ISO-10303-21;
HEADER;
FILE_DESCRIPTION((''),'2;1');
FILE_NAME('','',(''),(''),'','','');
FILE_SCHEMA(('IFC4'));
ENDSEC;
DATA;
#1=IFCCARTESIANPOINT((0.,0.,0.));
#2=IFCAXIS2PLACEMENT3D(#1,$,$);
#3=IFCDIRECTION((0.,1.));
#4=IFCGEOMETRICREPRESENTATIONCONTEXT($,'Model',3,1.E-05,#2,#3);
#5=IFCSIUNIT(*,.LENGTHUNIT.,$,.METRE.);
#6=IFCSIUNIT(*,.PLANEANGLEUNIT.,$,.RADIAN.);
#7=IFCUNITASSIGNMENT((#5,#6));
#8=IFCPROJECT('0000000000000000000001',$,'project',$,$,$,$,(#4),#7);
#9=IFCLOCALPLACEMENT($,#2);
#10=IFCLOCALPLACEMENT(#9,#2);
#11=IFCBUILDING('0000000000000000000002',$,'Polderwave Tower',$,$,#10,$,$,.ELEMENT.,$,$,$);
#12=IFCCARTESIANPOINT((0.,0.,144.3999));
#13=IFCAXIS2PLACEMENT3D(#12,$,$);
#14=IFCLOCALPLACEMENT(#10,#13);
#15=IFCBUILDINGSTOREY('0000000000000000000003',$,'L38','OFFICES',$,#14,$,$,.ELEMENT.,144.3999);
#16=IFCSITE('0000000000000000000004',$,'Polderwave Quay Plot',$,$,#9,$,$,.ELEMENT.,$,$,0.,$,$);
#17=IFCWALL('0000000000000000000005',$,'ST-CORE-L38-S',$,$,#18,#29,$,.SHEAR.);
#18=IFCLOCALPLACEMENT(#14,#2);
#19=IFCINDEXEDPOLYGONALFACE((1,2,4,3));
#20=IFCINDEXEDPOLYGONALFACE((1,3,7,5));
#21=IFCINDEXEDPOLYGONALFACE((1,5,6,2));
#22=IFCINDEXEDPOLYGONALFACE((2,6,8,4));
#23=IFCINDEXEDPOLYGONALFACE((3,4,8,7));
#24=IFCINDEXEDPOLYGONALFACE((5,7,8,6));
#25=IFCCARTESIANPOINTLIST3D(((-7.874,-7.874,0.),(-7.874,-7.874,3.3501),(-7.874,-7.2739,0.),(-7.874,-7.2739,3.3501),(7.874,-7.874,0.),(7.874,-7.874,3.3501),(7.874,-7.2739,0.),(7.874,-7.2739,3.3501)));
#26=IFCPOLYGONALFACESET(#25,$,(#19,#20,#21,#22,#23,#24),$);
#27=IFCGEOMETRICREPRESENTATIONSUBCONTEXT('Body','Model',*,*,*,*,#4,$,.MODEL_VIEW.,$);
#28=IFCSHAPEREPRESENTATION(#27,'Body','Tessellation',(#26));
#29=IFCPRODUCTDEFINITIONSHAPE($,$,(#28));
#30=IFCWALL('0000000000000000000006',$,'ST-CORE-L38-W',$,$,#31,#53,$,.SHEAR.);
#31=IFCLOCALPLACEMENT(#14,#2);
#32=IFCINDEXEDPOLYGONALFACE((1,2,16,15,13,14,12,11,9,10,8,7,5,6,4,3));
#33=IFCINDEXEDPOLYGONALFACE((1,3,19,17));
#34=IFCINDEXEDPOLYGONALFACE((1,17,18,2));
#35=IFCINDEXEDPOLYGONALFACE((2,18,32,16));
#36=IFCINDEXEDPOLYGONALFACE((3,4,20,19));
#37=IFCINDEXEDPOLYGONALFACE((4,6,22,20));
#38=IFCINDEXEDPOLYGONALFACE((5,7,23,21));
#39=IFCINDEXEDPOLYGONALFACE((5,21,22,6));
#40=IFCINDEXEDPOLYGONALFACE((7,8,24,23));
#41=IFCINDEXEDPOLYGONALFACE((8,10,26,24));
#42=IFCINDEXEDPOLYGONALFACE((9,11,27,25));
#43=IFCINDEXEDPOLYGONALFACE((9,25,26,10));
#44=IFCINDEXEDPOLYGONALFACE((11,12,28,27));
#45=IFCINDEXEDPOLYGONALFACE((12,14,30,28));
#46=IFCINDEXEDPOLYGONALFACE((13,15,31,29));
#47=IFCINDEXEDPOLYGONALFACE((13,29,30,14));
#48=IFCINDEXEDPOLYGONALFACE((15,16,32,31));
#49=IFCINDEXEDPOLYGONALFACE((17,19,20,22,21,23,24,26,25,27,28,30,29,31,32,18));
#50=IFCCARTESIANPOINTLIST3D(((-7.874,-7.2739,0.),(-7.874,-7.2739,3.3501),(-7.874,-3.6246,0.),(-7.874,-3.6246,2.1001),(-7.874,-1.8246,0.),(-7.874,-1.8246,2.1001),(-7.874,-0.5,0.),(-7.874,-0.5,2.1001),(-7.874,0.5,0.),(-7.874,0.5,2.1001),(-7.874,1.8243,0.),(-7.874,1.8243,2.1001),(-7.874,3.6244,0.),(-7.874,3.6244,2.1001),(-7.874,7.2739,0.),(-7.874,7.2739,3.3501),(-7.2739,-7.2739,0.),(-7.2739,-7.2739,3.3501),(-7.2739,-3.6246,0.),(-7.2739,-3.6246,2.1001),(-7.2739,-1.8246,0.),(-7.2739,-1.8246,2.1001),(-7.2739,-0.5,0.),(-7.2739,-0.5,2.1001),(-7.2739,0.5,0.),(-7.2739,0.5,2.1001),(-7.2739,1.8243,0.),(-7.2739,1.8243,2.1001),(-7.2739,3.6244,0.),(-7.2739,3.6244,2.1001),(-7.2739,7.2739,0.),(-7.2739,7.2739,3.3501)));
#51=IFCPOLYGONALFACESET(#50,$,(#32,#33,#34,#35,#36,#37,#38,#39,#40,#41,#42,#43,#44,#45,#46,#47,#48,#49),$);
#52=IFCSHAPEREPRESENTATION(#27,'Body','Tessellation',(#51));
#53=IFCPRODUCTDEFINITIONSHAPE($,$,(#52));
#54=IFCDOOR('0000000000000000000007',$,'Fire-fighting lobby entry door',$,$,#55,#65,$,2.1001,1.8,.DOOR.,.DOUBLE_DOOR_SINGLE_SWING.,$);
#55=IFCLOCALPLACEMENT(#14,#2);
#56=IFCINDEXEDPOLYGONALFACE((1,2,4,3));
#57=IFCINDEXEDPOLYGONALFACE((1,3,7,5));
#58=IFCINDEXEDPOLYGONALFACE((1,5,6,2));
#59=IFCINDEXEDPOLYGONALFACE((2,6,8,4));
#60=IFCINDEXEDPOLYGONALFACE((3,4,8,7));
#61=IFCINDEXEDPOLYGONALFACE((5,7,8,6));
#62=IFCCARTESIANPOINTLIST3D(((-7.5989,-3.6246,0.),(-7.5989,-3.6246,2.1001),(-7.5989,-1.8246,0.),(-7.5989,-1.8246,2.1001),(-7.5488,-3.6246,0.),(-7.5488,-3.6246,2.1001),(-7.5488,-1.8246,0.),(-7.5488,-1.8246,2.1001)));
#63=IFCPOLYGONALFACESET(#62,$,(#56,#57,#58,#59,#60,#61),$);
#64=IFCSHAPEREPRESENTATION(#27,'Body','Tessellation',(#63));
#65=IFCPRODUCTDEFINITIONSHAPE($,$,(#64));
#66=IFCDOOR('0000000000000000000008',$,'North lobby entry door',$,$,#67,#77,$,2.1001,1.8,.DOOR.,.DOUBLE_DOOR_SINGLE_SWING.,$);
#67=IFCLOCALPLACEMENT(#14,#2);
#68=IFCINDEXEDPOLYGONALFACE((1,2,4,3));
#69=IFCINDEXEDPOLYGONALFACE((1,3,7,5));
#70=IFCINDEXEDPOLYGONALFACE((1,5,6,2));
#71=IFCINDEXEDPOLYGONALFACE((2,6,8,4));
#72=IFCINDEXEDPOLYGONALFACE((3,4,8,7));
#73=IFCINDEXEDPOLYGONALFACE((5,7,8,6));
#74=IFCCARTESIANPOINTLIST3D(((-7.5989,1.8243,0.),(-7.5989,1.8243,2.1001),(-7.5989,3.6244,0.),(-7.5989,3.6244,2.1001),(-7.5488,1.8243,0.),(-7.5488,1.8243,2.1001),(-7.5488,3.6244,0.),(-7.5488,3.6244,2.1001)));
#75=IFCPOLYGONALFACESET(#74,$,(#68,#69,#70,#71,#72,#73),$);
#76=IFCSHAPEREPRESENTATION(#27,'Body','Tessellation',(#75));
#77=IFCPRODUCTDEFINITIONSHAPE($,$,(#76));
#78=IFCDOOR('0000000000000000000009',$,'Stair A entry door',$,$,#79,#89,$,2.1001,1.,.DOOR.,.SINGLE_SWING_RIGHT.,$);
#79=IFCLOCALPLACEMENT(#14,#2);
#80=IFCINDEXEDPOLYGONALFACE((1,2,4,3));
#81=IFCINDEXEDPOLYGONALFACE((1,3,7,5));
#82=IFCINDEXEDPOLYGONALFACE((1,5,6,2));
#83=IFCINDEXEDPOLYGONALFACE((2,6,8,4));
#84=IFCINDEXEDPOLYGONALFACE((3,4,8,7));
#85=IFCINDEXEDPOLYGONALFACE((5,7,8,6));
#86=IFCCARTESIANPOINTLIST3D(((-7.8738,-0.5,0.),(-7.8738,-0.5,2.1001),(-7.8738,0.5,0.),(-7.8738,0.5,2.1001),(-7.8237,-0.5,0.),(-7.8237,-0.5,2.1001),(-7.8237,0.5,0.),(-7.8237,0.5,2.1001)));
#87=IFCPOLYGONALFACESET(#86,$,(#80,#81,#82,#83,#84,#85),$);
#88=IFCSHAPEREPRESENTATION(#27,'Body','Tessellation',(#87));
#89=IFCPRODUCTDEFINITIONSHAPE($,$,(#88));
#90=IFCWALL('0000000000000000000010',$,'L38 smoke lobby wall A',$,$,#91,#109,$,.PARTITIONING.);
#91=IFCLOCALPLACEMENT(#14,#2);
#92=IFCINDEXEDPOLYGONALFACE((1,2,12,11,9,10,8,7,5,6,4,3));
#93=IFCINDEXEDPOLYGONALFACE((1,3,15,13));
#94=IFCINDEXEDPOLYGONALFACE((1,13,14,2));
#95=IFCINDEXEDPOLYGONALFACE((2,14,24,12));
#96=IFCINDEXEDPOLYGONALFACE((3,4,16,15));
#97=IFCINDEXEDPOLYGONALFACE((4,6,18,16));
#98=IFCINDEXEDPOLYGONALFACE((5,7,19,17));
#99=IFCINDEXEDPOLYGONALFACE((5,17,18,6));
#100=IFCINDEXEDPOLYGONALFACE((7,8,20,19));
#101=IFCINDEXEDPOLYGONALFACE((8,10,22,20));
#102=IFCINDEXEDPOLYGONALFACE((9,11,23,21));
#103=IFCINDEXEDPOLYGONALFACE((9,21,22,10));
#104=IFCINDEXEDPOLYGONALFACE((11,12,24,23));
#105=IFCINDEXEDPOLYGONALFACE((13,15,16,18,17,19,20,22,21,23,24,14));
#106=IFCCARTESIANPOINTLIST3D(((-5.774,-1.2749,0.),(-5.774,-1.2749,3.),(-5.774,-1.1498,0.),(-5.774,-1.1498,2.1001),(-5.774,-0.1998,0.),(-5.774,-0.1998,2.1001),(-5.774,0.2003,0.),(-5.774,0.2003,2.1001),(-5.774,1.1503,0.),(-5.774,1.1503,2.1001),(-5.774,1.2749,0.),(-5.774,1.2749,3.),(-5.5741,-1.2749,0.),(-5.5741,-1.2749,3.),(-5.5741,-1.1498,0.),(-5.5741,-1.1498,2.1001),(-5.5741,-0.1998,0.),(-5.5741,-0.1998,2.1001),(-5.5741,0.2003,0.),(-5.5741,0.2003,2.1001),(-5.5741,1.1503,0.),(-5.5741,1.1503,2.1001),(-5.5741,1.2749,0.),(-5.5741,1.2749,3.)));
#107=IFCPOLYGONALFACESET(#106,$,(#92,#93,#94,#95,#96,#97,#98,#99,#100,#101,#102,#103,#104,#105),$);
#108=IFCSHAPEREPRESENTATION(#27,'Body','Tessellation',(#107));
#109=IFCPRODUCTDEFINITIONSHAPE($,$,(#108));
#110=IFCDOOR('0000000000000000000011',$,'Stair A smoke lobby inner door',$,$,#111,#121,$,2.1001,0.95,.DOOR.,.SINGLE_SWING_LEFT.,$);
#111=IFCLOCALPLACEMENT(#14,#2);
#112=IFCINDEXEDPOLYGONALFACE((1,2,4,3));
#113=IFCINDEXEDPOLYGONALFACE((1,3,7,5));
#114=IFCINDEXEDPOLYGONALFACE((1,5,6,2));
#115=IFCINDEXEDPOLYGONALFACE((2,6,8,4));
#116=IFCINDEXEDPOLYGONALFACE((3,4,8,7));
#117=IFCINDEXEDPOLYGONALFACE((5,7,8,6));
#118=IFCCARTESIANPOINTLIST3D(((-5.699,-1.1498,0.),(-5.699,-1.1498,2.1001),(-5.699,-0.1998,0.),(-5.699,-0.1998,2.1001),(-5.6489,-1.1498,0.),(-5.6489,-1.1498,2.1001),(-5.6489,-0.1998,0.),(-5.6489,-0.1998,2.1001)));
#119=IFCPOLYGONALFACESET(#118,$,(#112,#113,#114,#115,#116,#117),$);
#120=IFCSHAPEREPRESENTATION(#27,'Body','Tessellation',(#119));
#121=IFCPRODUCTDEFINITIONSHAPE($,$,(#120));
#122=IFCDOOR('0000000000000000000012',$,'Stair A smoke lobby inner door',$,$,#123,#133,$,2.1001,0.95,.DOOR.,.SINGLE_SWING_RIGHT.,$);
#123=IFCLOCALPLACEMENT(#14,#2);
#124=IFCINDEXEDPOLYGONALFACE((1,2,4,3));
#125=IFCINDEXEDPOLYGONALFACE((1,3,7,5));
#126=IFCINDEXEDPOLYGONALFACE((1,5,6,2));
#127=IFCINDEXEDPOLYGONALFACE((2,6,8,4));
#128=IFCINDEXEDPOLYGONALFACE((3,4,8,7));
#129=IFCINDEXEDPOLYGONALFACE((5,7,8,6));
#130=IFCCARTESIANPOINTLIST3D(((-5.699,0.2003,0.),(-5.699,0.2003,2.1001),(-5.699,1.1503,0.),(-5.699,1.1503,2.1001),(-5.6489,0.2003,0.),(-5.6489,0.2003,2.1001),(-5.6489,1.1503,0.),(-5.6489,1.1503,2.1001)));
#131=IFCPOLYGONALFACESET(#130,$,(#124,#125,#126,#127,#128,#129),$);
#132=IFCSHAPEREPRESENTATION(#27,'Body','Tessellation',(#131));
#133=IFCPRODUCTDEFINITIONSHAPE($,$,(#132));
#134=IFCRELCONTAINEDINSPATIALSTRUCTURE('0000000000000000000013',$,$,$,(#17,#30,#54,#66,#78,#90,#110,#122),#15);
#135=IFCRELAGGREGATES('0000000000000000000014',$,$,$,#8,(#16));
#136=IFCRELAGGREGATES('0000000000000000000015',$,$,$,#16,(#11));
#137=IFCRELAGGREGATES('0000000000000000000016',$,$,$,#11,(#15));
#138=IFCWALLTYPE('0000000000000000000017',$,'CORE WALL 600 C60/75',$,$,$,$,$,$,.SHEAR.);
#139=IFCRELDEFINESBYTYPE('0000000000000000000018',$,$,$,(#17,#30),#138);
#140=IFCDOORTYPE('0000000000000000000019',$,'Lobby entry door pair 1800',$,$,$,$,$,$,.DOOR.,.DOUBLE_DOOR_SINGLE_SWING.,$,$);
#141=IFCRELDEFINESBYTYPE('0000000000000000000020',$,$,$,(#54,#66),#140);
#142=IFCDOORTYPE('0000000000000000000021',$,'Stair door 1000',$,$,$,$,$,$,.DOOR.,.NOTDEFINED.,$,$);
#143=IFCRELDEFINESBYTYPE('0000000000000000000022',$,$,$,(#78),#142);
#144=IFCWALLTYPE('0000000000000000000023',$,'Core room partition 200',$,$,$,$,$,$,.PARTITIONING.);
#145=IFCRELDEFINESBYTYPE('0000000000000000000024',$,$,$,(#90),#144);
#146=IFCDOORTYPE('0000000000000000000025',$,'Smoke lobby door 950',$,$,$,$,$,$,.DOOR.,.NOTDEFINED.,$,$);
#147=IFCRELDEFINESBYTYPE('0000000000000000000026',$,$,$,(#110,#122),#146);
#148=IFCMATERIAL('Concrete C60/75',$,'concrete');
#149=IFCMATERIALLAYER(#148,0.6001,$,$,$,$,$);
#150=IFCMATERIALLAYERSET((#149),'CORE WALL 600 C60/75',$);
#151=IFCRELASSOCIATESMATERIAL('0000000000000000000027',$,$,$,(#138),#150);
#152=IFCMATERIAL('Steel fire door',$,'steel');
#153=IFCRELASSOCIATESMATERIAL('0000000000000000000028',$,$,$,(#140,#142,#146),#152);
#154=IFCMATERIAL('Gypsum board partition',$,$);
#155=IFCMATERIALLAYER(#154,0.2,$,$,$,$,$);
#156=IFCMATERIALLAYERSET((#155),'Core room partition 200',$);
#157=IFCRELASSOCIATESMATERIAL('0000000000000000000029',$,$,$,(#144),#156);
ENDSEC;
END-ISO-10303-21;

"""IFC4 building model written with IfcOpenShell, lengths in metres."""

from ifc_helpers import new_model, si_unit, direction, frame, frame_2d, origin, place, context, subcontext, project, spatial, rectangle, extrude, material, layer, layer_set, type_object, element, fill, save


model = new_model("IFC4")

# Units and contexts
model_context = context("Model", 3, precision=1e-05, world=origin(), true_north=direction((0.0, 1.0)))
body_context = subcontext(model_context, "Body", "Model", "MODEL_VIEW")
ifc_project = project(units=[si_unit("LENGTHUNIT", "METRE"), si_unit("PLANEANGLEUNIT", "RADIAN")], contexts=[model_context])

# Site, building, storey
site_placement = place(None, origin())
site = spatial("IfcSite", under=ifc_project, at=site_placement, Name="Polderwave Quay Plot", CompositionType="ELEMENT", RefElevation=0.0)
building_placement = place(site_placement, origin())
building = spatial("IfcBuilding", under=site, at=building_placement, Name="Polderwave Tower", CompositionType="ELEMENT")
storey_placement = place(building_placement, frame((0.0, 0.0, 144.3999)))
storey = spatial("IfcBuildingStorey", under=building, at=storey_placement, Name="L38", Description="OFFICES", CompositionType="ELEMENT", Elevation=144.3999)

# Wall
ifc_material_1 = material(Name="Concrete C60/75", Category="concrete")
ifc_layer_1 = layer(ifc_material_1, 0.6001)
ifc_layer_set_1 = layer_set([ifc_layer_1], Name="CORE WALL 600 C60/75")
wall_type_1 = type_object("IfcWallType", Name="CORE WALL 600 C60/75", PredefinedType="SHEAR", material=ifc_layer_set_1)
wall_1_placement = place(storey_placement, frame((-7.874, -7.574, 0.0), z_axis=(0.0, 0.0, 1.0), x_axis=(1.0, 0.0, 0.0)))
element("IfcWall", 1, at=wall_1_placement, inside=storey, type_object=wall_type_1, Name="ST-CORE-L38-S", PredefinedType="SHEAR", context=body_context, shape_type="SweptSolid", body=[
    extrude(rectangle(XDim=15.748, YDim=0.6001, at=frame_2d((7.874, 0.0))), origin(), (0.0, 0.0, 1.0), 3.3501),
])

# Walls, openings, doors
wall_2_placement = place(storey_placement, frame((-7.574, -7.2739, 0.0), z_axis=(0.0, 0.0, 1.0), x_axis=(0.0, 1.0, 0.0)))
wall_2 = element("IfcWall", 2, at=wall_2_placement, inside=storey, type_object=wall_type_1, Name="ST-CORE-L38-W", PredefinedType="SHEAR", context=body_context, shape_type="SweptSolid", body=[
    extrude(rectangle(XDim=14.5479, YDim=0.6001, at=frame_2d((7.2739, 0.0))), origin(), (0.0, 0.0, 1.0), 3.3501),
])
opening_1_placement = place(wall_2_placement, frame((6.7739, 0.0, 0.0)))
opening_1 = element("IfcOpeningElement", 3, at=opening_1_placement, cuts=wall_2, PredefinedType="OPENING", context=body_context, shape_type="SweptSolid", body=[
    extrude(rectangle(XDim=1.0, YDim=2.1001, at=frame_2d((0.5, 1.05))), frame((0.0, 0.3101, 0.0), z_axis=(0.0, -1.0, 0.0), x_axis=(1.0, 0.0, 0.0)), (0.0, 0.0, 1.0), 0.6201),
])
opening_2_placement = place(wall_2_placement, frame((3.6494, 0.0, 0.0)))
opening_2 = element("IfcOpeningElement", 4, at=opening_2_placement, cuts=wall_2, PredefinedType="OPENING", context=body_context, shape_type="SweptSolid", body=[
    extrude(rectangle(XDim=1.8, YDim=2.1001, at=frame_2d((0.8999, 1.05))), frame((0.0, 0.3101, 0.0), z_axis=(0.0, -1.0, 0.0), x_axis=(1.0, 0.0, 0.0)), (0.0, 0.0, 1.0), 0.6201),
])
opening_3_placement = place(wall_2_placement, frame((9.0984, 0.0, 0.0)))
opening_3 = element("IfcOpeningElement", 5, at=opening_3_placement, cuts=wall_2, PredefinedType="OPENING", context=body_context, shape_type="SweptSolid", body=[
    extrude(rectangle(XDim=1.8, YDim=2.1001, at=frame_2d((0.8999, 1.05))), frame((0.0, 0.3101, 0.0), z_axis=(0.0, -1.0, 0.0), x_axis=(1.0, 0.0, 0.0)), (0.0, 0.0, 1.0), 0.6201),
])
ifc_material_2 = material(Name="Steel fire door", Category="steel")
door_type_1 = type_object("IfcDoorType", Name="Lobby entry door pair 1800", OperationType="DOUBLE_DOOR_SINGLE_SWING", PredefinedType="DOOR", material=ifc_material_2)
door_1_placement = place(opening_2_placement, origin())
door_1 = element("IfcDoor", 6, at=door_1_placement, inside=storey, type_object=door_type_1, Name="Fire-fighting lobby entry door", OperationType="DOUBLE_DOOR_SINGLE_SWING", OverallHeight=2.1001, OverallWidth=1.8, PredefinedType="DOOR", context=body_context, shape_type="SweptSolid", body=[
    extrude(rectangle(XDim=1.8, YDim=2.1001, at=frame_2d((0.8999, 1.05))), frame((0.0, 0.0249, 0.0), z_axis=(0.0, -1.0, 0.0), x_axis=(1.0, 0.0, 0.0)), (0.0, 0.0, 1.0), 0.05),
])
fill(opening_2, door_1)
door_2_placement = place(opening_3_placement, origin())
door_2 = element("IfcDoor", 7, at=door_2_placement, inside=storey, type_object=door_type_1, Name="North lobby entry door", OperationType="DOUBLE_DOOR_SINGLE_SWING", OverallHeight=2.1001, OverallWidth=1.8, PredefinedType="DOOR", context=body_context, shape_type="SweptSolid", body=[
    extrude(rectangle(XDim=1.8, YDim=2.1001, at=frame_2d((0.8999, 1.05))), frame((0.0, 0.0249, 0.0), z_axis=(0.0, -1.0, 0.0), x_axis=(1.0, 0.0, 0.0)), (0.0, 0.0, 1.0), 0.05),
])
fill(opening_3, door_2)
door_type_2 = type_object("IfcDoorType", Name="Stair door 1000", OperationType="NOTDEFINED", PredefinedType="DOOR", material=ifc_material_2)
door_3_placement = place(opening_1_placement, origin())
door_3 = element("IfcDoor", 8, at=door_3_placement, inside=storey, type_object=door_type_2, Name="Stair A entry door", OperationType="SINGLE_SWING_RIGHT", OverallHeight=2.1001, OverallWidth=1.0, PredefinedType="DOOR", context=body_context, shape_type="SweptSolid", body=[
    extrude(rectangle(XDim=1.0, YDim=2.1001, at=frame_2d((0.5, 1.05))), frame((0.0, 0.2998, 0.0), z_axis=(0.0, -1.0, 0.0), x_axis=(1.0, 0.0, 0.0)), (0.0, 0.0, 1.0), 0.05),
])
fill(opening_1, door_3)
ifc_material_3 = material(Name="Gypsum board partition")
ifc_layer_2 = layer(ifc_material_3, 0.2)
ifc_layer_set_2 = layer_set([ifc_layer_2], Name="Core room partition 200")
wall_type_2 = type_object("IfcWallType", Name="Core room partition 200", PredefinedType="PARTITIONING", material=ifc_layer_set_2)
wall_3_placement = place(storey_placement, frame((-5.6741, -1.2749, 0.0), z_axis=(0.0, 0.0, 1.0), x_axis=(0.0, 1.0, 0.0)))
wall_3 = element("IfcWall", 9, at=wall_3_placement, inside=storey, type_object=wall_type_2, Name="L38 smoke lobby wall A", PredefinedType="PARTITIONING", context=body_context, shape_type="SweptSolid", body=[
    extrude(rectangle(XDim=2.5498, YDim=0.2, at=frame_2d((1.2749, 0.0))), origin(), (0.0, 0.0, 1.0), 3.0),
])
opening_4_placement = place(wall_3_placement, frame((0.125, 0.0, 0.0)))
opening_4 = element("IfcOpeningElement", 10, at=opening_4_placement, cuts=wall_3, PredefinedType="OPENING", context=body_context, shape_type="SweptSolid", body=[
    extrude(rectangle(XDim=0.95, YDim=2.1001, at=frame_2d((0.4751, 1.05))), frame((0.0, 0.1099, 0.0), z_axis=(0.0, -1.0, 0.0), x_axis=(1.0, 0.0, 0.0)), (0.0, 0.0, 1.0), 0.22),
])
opening_5_placement = place(wall_3_placement, frame((1.4751, 0.0, 0.0)))
opening_5 = element("IfcOpeningElement", 11, at=opening_5_placement, cuts=wall_3, PredefinedType="OPENING", context=body_context, shape_type="SweptSolid", body=[
    extrude(rectangle(XDim=0.95, YDim=2.1001, at=frame_2d((0.4751, 1.05))), frame((0.0, 0.1099, 0.0), z_axis=(0.0, -1.0, 0.0), x_axis=(1.0, 0.0, 0.0)), (0.0, 0.0, 1.0), 0.22),
])
door_type_3 = type_object("IfcDoorType", Name="Smoke lobby door 950", OperationType="NOTDEFINED", PredefinedType="DOOR", material=ifc_material_2)
door_4_placement = place(opening_4_placement, origin())
door_4 = element("IfcDoor", 12, at=door_4_placement, inside=storey, type_object=door_type_3, Name="Stair A smoke lobby inner door", OperationType="SINGLE_SWING_LEFT", OverallHeight=2.1001, OverallWidth=0.95, PredefinedType="DOOR", context=body_context, shape_type="SweptSolid", body=[
    extrude(rectangle(XDim=0.95, YDim=2.1001, at=frame_2d((0.4751, 1.05))), frame((0.0, 0.0249, 0.0), z_axis=(0.0, -1.0, 0.0), x_axis=(1.0, 0.0, 0.0)), (0.0, 0.0, 1.0), 0.05),
])
fill(opening_4, door_4)
door_5_placement = place(opening_5_placement, origin())
door_5 = element("IfcDoor", 13, at=door_5_placement, inside=storey, type_object=door_type_3, Name="Stair A smoke lobby inner door", OperationType="SINGLE_SWING_RIGHT", OverallHeight=2.1001, OverallWidth=0.95, PredefinedType="DOOR", context=body_context, shape_type="SweptSolid", body=[
    extrude(rectangle(XDim=0.95, YDim=2.1001, at=frame_2d((0.4751, 1.05))), frame((0.0, 0.0249, 0.0), z_axis=(0.0, -1.0, 0.0), x_axis=(1.0, 0.0, 0.0)), (0.0, 0.0, 1.0), 0.05),
])
fill(opening_5, door_5)

save(model, "model.ifc")
